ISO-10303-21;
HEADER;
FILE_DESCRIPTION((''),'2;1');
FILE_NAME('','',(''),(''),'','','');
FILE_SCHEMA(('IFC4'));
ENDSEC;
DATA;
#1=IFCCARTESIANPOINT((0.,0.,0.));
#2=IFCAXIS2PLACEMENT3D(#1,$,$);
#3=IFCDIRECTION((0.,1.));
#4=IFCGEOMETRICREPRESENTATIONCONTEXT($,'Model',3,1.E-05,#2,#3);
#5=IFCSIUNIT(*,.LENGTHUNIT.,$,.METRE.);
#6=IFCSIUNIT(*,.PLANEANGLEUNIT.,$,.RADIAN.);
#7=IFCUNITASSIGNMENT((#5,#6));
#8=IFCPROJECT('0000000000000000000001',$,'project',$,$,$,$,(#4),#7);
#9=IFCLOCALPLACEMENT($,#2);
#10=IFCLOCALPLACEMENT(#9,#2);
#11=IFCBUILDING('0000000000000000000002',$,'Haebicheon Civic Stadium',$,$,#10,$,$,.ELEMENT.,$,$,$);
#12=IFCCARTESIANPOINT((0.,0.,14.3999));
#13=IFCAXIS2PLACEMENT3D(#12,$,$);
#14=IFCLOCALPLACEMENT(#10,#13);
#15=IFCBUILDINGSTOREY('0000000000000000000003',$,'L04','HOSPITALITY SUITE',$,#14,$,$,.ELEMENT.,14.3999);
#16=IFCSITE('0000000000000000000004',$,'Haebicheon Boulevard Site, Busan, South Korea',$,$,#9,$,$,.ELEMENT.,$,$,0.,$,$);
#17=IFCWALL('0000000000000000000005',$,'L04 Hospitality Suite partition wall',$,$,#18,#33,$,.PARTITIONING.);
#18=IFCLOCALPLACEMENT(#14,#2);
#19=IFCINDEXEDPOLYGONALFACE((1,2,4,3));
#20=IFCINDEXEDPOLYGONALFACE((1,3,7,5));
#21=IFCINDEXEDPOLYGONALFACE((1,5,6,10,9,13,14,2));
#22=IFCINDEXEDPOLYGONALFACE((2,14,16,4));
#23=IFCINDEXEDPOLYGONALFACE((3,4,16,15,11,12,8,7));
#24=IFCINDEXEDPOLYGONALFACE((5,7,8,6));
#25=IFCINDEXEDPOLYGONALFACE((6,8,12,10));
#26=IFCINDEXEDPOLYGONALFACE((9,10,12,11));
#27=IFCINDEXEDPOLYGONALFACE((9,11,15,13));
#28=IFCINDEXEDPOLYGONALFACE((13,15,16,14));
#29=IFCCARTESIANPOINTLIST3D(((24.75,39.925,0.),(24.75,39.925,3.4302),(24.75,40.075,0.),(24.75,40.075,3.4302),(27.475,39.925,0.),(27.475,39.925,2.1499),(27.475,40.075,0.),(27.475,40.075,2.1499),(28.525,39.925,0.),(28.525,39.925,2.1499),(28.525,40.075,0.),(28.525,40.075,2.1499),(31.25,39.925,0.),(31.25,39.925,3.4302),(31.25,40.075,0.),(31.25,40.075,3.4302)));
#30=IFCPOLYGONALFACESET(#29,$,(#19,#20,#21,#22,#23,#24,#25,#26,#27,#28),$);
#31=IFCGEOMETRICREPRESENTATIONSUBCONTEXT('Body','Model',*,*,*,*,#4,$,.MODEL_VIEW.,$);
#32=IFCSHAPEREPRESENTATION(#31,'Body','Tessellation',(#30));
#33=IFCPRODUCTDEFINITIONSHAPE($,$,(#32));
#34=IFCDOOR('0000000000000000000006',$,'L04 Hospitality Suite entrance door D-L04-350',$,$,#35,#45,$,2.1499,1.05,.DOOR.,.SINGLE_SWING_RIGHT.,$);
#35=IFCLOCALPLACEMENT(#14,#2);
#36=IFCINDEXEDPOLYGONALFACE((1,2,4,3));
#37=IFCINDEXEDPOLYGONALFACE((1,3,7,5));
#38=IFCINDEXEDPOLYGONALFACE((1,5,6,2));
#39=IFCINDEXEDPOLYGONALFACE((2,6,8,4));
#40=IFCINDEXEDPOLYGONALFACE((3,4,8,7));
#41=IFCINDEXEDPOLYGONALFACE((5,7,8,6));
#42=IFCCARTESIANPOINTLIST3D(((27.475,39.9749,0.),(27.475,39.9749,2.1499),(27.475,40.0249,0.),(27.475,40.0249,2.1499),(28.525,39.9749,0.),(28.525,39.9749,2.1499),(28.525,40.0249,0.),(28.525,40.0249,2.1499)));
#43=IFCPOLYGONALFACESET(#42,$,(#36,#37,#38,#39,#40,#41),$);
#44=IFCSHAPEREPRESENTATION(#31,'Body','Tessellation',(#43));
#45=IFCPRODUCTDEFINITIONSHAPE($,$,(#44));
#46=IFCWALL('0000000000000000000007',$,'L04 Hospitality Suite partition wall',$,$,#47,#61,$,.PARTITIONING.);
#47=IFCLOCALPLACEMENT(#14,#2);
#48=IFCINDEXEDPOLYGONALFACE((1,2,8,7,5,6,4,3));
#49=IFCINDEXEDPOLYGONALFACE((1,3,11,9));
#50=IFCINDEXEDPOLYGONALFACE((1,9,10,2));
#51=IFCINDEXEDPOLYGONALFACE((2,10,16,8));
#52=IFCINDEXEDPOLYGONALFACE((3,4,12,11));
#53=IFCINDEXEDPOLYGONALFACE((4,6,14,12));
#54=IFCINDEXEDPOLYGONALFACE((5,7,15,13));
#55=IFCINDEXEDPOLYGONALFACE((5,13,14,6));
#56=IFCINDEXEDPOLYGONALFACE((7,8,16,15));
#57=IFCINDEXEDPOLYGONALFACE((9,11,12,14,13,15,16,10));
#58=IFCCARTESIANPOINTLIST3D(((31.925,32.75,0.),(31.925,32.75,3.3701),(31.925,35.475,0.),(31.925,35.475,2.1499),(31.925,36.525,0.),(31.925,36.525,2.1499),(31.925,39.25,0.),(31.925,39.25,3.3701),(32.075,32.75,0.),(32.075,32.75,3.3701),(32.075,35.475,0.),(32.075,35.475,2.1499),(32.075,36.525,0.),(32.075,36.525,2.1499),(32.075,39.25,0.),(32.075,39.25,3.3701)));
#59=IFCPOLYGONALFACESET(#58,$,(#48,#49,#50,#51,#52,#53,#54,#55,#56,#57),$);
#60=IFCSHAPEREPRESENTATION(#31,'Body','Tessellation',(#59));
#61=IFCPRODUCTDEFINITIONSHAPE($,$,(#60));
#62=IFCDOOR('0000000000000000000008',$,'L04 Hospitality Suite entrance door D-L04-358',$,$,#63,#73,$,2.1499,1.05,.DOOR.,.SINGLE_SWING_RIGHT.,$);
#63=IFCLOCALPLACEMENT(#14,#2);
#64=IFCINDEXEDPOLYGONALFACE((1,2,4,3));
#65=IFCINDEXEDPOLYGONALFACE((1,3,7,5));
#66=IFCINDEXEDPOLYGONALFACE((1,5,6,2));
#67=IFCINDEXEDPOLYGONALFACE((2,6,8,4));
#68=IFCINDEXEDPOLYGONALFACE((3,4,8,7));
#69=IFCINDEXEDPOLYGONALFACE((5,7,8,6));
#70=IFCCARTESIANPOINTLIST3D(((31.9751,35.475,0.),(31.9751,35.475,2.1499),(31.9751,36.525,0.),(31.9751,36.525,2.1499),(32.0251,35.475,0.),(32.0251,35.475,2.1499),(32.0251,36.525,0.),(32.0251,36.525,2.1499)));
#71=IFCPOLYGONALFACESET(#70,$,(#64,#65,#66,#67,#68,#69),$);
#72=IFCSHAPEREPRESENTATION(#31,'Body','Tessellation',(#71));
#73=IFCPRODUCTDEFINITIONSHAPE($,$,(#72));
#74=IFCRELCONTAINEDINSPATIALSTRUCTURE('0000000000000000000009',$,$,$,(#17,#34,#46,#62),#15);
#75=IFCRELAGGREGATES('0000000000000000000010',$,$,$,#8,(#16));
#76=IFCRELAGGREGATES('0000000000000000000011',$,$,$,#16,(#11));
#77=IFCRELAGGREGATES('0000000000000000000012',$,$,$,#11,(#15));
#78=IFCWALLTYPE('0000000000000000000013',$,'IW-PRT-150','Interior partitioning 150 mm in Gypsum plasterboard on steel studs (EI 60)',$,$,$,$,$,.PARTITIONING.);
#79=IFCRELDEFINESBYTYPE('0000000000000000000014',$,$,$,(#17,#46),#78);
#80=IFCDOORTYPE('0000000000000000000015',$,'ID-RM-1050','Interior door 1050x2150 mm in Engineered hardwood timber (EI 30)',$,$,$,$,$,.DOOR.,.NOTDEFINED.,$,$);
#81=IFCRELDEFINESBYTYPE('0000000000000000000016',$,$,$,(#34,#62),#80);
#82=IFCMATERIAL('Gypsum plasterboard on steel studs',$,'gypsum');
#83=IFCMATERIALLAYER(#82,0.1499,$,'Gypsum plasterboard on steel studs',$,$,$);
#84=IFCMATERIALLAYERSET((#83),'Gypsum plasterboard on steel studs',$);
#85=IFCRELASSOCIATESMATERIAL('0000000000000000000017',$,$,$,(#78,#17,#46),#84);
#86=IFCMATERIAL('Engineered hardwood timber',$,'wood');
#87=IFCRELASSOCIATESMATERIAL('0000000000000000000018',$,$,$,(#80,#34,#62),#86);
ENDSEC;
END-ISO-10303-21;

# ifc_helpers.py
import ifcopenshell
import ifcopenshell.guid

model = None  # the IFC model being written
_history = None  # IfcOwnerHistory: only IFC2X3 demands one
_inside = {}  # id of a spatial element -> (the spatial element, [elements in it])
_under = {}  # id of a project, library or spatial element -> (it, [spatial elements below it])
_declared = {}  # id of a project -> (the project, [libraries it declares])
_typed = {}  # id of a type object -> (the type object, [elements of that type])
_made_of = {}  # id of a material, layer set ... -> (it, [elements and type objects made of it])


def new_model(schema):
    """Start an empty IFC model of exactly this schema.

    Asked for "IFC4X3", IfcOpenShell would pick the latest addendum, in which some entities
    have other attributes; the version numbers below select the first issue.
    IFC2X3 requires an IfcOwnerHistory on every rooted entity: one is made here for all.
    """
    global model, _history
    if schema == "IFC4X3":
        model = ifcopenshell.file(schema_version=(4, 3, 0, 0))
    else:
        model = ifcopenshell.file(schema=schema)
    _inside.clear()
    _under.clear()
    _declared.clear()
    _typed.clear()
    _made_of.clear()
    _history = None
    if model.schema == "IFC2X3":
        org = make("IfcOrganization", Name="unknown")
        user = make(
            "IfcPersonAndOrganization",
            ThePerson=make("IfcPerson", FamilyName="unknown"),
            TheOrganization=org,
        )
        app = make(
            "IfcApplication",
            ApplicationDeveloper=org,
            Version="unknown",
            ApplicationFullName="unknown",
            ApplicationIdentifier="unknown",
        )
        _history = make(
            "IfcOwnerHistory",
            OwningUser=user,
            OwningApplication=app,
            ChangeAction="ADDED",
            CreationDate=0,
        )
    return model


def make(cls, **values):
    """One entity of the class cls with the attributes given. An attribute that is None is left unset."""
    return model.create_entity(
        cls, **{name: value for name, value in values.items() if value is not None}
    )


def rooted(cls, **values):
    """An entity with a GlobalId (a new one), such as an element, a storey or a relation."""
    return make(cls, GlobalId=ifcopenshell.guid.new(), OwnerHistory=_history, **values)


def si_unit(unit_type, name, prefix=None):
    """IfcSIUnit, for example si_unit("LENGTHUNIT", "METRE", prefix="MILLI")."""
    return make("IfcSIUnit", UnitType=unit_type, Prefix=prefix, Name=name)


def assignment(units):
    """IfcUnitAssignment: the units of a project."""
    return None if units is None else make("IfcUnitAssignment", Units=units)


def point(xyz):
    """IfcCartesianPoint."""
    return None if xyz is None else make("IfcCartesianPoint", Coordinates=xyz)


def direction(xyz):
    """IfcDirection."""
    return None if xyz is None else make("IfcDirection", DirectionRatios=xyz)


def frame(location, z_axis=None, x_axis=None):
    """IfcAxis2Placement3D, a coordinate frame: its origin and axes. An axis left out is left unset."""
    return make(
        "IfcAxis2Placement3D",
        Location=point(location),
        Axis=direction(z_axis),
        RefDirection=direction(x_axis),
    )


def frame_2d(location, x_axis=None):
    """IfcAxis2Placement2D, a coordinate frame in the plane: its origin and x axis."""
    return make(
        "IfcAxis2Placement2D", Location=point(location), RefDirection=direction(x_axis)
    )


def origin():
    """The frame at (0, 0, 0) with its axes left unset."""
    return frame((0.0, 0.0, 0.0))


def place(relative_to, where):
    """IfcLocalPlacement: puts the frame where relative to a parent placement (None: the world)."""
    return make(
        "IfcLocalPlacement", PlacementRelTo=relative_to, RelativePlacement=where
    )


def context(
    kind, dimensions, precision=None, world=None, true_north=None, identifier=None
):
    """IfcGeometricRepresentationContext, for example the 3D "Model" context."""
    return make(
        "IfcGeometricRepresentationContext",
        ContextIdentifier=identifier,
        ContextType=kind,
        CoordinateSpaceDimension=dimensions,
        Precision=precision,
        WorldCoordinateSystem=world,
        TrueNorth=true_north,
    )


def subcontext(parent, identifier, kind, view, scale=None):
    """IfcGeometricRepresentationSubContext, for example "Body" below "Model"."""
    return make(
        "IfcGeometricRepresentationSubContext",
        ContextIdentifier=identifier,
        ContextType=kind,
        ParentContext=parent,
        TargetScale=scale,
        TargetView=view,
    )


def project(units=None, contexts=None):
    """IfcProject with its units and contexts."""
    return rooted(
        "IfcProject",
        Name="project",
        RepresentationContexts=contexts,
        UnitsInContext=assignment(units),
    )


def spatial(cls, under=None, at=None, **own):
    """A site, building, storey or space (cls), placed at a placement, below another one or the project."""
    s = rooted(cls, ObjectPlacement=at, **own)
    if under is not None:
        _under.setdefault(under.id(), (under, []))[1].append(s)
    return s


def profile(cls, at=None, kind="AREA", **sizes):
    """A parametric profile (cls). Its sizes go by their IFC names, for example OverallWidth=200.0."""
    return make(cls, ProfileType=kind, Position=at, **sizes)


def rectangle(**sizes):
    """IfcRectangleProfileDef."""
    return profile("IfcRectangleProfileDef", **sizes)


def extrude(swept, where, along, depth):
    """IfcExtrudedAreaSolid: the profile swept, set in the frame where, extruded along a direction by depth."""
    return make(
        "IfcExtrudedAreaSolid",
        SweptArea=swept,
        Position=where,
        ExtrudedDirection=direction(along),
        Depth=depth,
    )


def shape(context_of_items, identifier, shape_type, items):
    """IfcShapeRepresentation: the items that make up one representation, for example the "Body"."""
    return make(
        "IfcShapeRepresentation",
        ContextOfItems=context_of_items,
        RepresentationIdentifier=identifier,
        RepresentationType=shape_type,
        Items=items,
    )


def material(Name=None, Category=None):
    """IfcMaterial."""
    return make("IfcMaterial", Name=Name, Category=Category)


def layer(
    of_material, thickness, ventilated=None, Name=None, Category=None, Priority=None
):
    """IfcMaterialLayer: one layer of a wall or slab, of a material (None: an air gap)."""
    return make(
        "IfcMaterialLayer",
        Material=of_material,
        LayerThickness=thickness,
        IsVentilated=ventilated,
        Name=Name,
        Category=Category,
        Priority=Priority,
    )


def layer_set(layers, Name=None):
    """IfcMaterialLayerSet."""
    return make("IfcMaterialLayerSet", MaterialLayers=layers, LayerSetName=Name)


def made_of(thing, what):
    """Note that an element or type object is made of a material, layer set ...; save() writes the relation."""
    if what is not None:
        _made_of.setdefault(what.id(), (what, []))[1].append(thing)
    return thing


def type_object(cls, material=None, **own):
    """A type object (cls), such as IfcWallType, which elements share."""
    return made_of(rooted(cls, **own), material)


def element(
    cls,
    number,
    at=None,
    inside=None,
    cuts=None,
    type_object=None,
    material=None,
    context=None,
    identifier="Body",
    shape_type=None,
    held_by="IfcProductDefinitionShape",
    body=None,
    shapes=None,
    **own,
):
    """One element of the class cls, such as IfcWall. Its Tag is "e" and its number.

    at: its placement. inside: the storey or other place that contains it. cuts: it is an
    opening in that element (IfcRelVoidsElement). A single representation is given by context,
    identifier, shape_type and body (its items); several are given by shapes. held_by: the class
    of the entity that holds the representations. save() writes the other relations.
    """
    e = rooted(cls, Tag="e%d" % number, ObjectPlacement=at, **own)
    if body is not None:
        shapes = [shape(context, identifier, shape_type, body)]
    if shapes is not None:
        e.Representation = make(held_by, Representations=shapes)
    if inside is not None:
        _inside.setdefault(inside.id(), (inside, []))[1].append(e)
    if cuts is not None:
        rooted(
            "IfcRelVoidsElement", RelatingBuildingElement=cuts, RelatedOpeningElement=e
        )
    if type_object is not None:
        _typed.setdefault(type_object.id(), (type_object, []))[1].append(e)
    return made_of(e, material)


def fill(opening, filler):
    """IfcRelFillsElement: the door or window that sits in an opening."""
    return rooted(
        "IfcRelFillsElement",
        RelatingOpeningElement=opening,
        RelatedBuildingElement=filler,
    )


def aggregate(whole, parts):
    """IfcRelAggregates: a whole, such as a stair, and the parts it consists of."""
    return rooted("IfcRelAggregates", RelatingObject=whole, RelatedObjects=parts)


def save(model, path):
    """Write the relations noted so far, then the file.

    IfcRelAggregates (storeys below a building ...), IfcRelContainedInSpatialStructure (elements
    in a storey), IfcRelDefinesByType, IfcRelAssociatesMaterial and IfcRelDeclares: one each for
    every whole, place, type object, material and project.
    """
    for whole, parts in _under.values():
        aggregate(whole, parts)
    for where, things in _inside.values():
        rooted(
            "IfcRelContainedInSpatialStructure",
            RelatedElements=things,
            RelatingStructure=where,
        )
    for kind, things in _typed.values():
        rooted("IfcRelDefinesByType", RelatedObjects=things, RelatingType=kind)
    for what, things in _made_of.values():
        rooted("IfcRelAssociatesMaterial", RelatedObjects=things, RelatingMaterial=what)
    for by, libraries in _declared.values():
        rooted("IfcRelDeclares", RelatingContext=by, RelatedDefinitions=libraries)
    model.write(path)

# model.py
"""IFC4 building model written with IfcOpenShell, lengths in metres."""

from ifc_helpers import new_model, si_unit, direction, frame, frame_2d, origin, place, context, subcontext, project, spatial, rectangle, extrude, material, layer, layer_set, type_object, element, fill, save


model = new_model("IFC4")

# Units and contexts
model_context = context("Model", 3, precision=1e-05, world=origin(), true_north=direction((0.0, 1.0)))
body_context = subcontext(model_context, "Body", "Model", "MODEL_VIEW")
ifc_project = project(units=[si_unit("LENGTHUNIT", "METRE"), si_unit("PLANEANGLEUNIT", "RADIAN")], contexts=[model_context])

# Site, building, storey
site_placement = place(None, origin())
site = spatial("IfcSite", under=ifc_project, at=site_placement, Name="Haebicheon Boulevard Site, Busan, South Korea", CompositionType="ELEMENT", RefElevation=0.0)
building_placement = place(site_placement, origin())
building = spatial("IfcBuilding", under=site, at=building_placement, Name="Haebicheon Civic Stadium", CompositionType="ELEMENT")
storey_placement = place(building_placement, frame((0.0, 0.0, 14.3999)))
storey = spatial("IfcBuildingStorey", under=building, at=storey_placement, Name="L04", Description="HOSPITALITY SUITE", CompositionType="ELEMENT", Elevation=14.3999)

# Shared definitions
ifc_material_1 = material(Name="Gypsum plasterboard on steel studs", Category="gypsum")
ifc_layer_1 = layer(ifc_material_1, 0.1499, Name="Gypsum plasterboard on steel studs")
ifc_layer_set_1 = layer_set([ifc_layer_1], Name="Gypsum plasterboard on steel studs")
wall_type_1 = type_object("IfcWallType", Name="IW-PRT-150", Description="Interior partitioning 150 mm in Gypsum plasterboard on steel studs (EI 60)", PredefinedType="PARTITIONING", material=ifc_layer_set_1)

# Walls, openings, doors
wall_1_placement = place(storey_placement, frame((24.75, 40.0, 0.0), z_axis=(0.0, 0.0, 1.0), x_axis=(1.0, 0.0, 0.0)))
wall_1 = element("IfcWall", 1, at=wall_1_placement, inside=storey, type_object=wall_type_1, material=ifc_layer_set_1, Name="L04 Hospitality Suite partition wall", PredefinedType="PARTITIONING", context=body_context, shape_type="SweptSolid", body=[
    extrude(rectangle(XDim=6.5, YDim=0.1499, at=frame_2d((3.25, 0.0))), origin(), (0.0, 0.0, 1.0), 3.4302),
])
opening_1_placement = place(wall_1_placement, frame((2.7251, 0.0, 0.0)))
opening_1 = element("IfcOpeningElement", 2, at=opening_1_placement, cuts=wall_1, PredefinedType="OPENING", context=body_context, shape_type="SweptSolid", body=[
    extrude(rectangle(XDim=1.05, YDim=2.1499, at=frame_2d((0.5249, 1.075))), frame((0.0, 0.085, 0.0), z_axis=(0.0, -1.0, 0.0), x_axis=(1.0, 0.0, 0.0)), (0.0, 0.0, 1.0), 0.1699),
])
ifc_material_2 = material(Name="Engineered hardwood timber", Category="wood")
door_type_1 = type_object("IfcDoorType", Name="ID-RM-1050", Description="Interior door 1050x2150 mm in Engineered hardwood timber (EI 30)", OperationType="NOTDEFINED", PredefinedType="DOOR", material=ifc_material_2)
door_1_placement = place(opening_1_placement, origin())
door_1 = element("IfcDoor", 3, at=door_1_placement, inside=storey, type_object=door_type_1, material=ifc_material_2, Name="L04 Hospitality Suite entrance door D-L04-350", OperationType="SINGLE_SWING_RIGHT", OverallHeight=2.1499, OverallWidth=1.05, PredefinedType="DOOR", context=body_context, shape_type="SweptSolid", body=[
    extrude(rectangle(XDim=1.05, YDim=2.1499, at=frame_2d((0.5249, 1.075))), frame((0.0, 0.0249, 0.0), z_axis=(0.0, -1.0, 0.0), x_axis=(1.0, 0.0, 0.0)), (0.0, 0.0, 1.0), 0.05),
])
fill(opening_1, door_1)
wall_2_placement = place(storey_placement, frame((32.0, 32.75, 0.0), z_axis=(0.0, 0.0, 1.0), x_axis=(0.0, 1.0, 0.0)))
wall_2 = element("IfcWall", 4, at=wall_2_placement, inside=storey, type_object=wall_type_1, material=ifc_layer_set_1, Name="L04 Hospitality Suite partition wall", PredefinedType="PARTITIONING", context=body_context, shape_type="SweptSolid", body=[
    extrude(rectangle(XDim=6.5, YDim=0.1499, at=frame_2d((3.25, 0.0))), origin(), (0.0, 0.0, 1.0), 3.3701),
])
opening_2_placement = place(wall_2_placement, frame((2.7251, 0.0, 0.0)))
opening_2 = element("IfcOpeningElement", 5, at=opening_2_placement, cuts=wall_2, PredefinedType="OPENING", context=body_context, shape_type="SweptSolid", body=[
    extrude(rectangle(XDim=1.05, YDim=2.1499, at=frame_2d((0.5249, 1.075))), frame((0.0, 0.085, 0.0), z_axis=(0.0, -1.0, 0.0), x_axis=(1.0, 0.0, 0.0)), (0.0, 0.0, 1.0), 0.1699),
])
door_2_placement = place(opening_2_placement, origin())
door_2 = element("IfcDoor", 6, at=door_2_placement, inside=storey, type_object=door_type_1, material=ifc_material_2, Name="L04 Hospitality Suite entrance door D-L04-358", OperationType="SINGLE_SWING_RIGHT", OverallHeight=2.1499, OverallWidth=1.05, PredefinedType="DOOR", context=body_context, shape_type="SweptSolid", body=[
    extrude(rectangle(XDim=1.05, YDim=2.1499, at=frame_2d((0.5249, 1.075))), frame((0.0, 0.0249, 0.0), z_axis=(0.0, -1.0, 0.0), x_axis=(1.0, 0.0, 0.0)), (0.0, 0.0, 1.0), 0.05),
])
fill(opening_2, door_2)

save(model, "model.ifc")
